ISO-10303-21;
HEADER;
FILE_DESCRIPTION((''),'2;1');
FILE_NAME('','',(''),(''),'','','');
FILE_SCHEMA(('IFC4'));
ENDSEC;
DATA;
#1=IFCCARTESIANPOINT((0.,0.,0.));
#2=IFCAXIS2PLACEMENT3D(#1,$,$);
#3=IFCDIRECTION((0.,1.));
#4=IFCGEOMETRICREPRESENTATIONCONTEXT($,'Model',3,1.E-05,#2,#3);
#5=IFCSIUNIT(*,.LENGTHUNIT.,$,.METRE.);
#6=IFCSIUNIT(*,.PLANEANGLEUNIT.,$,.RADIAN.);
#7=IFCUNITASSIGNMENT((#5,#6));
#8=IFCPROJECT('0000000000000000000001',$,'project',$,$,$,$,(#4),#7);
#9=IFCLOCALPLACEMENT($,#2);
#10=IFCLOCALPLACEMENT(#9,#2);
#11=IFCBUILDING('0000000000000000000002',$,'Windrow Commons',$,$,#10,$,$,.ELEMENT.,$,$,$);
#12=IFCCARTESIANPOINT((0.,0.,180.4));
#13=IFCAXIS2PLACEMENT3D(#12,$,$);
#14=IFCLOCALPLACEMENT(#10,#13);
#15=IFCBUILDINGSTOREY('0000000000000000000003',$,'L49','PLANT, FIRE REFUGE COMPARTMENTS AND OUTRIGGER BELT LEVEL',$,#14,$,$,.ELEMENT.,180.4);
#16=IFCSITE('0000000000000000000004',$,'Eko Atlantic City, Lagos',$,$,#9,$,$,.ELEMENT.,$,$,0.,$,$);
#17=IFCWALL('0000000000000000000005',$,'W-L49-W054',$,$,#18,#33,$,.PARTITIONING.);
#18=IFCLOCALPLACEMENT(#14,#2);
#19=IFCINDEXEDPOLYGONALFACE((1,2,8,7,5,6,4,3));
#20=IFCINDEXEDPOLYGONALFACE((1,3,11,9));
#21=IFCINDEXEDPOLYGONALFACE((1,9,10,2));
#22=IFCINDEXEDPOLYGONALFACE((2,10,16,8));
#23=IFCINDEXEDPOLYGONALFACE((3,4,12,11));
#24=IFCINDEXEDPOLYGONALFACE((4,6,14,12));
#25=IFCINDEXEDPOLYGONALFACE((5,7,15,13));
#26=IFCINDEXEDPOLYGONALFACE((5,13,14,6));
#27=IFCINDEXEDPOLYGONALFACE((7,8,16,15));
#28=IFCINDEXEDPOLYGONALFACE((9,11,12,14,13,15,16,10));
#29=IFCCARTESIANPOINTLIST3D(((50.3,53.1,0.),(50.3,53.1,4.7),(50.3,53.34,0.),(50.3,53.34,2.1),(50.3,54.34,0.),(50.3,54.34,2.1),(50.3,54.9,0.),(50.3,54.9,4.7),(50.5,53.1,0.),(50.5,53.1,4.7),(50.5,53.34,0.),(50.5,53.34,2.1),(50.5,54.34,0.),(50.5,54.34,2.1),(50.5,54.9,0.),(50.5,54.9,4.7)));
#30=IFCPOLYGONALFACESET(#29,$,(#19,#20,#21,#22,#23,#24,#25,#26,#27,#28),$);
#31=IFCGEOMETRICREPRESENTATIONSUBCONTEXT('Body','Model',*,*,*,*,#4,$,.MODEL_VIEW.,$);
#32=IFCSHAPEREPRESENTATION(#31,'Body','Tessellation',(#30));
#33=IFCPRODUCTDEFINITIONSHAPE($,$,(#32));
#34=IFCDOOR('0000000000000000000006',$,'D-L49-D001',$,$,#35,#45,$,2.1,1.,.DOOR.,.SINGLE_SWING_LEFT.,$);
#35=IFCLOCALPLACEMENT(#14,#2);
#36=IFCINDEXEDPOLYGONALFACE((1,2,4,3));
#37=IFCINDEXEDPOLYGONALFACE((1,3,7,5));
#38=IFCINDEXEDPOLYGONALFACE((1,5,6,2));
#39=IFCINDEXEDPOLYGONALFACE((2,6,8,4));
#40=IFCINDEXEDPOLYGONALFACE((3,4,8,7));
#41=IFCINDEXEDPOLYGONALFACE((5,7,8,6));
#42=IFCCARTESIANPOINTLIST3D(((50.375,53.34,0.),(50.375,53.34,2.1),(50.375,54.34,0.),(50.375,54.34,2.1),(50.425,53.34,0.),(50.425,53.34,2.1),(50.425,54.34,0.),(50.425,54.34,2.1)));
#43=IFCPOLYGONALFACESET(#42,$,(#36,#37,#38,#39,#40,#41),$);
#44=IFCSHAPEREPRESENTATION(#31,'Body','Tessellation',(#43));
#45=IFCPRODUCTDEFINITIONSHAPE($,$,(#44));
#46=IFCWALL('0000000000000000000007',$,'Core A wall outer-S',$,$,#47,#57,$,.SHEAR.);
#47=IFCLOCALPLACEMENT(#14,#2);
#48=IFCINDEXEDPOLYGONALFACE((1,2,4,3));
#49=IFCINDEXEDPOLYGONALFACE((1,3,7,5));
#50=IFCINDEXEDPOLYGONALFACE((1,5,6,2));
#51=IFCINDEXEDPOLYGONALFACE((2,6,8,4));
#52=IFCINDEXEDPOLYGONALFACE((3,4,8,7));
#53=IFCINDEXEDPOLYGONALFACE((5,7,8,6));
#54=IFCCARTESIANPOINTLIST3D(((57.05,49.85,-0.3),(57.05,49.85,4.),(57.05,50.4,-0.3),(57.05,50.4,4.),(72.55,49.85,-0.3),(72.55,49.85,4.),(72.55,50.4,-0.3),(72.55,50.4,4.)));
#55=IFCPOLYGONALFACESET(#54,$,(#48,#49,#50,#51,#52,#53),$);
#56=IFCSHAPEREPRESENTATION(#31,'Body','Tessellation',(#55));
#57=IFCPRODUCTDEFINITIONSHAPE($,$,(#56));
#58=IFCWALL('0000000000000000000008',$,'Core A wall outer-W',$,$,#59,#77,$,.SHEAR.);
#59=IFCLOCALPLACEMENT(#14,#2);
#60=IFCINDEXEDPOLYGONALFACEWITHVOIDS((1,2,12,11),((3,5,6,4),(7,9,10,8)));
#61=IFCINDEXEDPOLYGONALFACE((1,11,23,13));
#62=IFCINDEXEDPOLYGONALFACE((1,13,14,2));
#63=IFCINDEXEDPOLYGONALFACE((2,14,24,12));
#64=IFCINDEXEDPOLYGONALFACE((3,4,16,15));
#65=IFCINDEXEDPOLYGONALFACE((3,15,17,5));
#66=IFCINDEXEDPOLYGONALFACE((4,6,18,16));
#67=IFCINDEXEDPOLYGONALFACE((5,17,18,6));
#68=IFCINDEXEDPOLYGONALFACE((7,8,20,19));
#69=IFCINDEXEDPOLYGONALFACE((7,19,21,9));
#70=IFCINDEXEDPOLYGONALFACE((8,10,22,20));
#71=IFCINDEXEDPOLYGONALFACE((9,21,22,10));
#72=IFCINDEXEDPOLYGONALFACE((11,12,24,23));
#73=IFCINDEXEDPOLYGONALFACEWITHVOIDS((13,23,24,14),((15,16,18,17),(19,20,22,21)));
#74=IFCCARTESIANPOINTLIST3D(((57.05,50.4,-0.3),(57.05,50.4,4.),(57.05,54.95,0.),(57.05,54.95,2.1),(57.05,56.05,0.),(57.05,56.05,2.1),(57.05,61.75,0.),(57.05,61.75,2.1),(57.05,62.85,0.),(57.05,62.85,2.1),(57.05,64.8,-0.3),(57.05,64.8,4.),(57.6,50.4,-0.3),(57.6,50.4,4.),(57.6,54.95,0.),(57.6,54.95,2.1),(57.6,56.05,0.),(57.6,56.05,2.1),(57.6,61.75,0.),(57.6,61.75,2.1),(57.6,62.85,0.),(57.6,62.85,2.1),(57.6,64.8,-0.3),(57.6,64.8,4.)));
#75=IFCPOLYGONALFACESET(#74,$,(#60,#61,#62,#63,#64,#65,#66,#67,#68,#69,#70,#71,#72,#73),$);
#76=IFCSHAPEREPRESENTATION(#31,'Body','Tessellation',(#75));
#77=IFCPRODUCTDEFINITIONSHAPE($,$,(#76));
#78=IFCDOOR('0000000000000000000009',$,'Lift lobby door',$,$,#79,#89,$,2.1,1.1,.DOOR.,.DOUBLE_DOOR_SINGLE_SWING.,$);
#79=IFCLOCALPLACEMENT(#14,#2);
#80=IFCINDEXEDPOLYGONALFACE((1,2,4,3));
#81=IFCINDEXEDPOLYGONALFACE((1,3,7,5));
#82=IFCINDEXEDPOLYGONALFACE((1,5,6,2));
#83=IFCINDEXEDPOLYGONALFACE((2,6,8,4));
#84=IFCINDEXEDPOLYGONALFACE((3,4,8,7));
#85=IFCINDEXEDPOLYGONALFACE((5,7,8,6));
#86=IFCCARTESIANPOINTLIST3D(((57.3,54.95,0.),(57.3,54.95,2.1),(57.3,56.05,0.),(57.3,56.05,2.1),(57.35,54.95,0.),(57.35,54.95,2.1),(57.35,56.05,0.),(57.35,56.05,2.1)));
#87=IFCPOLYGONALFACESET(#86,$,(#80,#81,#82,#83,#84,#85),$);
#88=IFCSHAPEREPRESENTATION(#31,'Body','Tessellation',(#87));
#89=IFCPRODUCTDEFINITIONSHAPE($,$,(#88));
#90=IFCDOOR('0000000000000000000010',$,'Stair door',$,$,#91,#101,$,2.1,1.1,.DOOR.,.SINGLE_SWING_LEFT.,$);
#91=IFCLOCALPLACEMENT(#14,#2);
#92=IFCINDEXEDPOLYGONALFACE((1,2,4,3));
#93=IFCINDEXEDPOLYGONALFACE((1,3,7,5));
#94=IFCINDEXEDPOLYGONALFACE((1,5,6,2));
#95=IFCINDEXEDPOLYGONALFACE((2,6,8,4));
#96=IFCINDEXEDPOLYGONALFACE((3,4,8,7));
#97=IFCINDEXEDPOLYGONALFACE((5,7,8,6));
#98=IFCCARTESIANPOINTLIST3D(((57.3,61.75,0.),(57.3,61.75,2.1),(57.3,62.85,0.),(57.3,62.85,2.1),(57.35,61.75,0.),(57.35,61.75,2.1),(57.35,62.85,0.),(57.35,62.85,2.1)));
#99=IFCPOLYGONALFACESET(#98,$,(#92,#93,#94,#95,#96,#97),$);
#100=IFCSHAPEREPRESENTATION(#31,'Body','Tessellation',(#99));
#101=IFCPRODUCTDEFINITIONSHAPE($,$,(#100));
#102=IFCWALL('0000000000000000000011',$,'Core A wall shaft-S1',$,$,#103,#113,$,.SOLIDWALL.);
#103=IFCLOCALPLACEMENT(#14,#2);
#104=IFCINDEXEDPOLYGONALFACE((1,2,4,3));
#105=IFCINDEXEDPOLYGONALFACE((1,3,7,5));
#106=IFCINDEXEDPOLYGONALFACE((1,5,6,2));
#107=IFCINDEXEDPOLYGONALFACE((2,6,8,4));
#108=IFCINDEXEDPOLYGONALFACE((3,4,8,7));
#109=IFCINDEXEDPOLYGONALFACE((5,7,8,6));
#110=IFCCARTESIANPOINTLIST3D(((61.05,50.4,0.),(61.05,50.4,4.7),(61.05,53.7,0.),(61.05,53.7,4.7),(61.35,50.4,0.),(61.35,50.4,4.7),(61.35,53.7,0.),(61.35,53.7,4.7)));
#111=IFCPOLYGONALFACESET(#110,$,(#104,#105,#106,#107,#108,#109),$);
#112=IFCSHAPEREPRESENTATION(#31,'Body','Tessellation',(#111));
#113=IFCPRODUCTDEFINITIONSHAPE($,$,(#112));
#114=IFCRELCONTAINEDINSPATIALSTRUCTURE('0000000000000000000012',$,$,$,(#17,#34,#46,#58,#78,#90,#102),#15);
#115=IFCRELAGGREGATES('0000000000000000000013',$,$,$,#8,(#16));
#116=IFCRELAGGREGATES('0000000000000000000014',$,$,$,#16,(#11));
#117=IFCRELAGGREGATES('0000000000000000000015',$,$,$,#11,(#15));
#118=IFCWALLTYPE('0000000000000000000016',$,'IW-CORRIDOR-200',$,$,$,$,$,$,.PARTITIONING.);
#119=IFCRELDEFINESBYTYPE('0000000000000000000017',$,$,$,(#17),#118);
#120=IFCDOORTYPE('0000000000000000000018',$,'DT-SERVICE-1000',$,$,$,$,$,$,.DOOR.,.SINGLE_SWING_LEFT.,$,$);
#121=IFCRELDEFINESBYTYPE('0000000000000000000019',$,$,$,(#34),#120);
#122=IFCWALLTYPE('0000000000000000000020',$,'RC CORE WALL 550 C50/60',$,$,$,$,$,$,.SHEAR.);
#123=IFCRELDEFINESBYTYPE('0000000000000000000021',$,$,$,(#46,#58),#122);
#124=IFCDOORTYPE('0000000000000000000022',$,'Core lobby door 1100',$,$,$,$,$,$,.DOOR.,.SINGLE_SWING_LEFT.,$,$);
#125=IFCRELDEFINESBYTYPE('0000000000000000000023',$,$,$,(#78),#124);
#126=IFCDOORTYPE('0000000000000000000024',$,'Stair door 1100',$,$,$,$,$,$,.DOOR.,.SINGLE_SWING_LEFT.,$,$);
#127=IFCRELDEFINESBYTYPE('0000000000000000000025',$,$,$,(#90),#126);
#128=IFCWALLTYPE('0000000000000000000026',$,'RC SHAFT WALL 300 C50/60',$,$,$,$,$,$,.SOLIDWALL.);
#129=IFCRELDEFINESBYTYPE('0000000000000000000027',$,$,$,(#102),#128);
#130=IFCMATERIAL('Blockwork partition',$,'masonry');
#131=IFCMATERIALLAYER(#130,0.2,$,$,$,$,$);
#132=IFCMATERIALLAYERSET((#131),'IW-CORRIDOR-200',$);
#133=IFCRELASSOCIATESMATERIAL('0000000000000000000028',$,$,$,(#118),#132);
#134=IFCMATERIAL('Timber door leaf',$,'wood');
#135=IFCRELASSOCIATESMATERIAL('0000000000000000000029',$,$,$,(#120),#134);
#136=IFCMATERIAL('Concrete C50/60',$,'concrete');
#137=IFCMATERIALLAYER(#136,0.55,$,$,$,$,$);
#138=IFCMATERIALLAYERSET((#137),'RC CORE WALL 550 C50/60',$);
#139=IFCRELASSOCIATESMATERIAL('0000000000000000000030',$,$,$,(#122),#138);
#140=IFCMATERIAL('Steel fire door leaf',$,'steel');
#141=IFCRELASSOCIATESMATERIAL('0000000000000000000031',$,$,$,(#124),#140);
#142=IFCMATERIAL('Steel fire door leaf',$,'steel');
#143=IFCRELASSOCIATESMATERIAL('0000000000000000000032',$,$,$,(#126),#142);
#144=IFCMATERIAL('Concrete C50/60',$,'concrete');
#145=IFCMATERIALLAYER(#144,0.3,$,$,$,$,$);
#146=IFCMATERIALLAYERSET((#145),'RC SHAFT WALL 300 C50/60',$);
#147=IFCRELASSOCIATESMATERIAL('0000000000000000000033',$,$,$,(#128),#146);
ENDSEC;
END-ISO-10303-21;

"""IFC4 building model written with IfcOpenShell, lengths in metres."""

from ifc_helpers import new_model, si_unit, direction, frame, frame_2d, origin, place, context, subcontext, project, spatial, rectangle, extrude, material, layer, layer_set, type_object, element, fill, save


model = new_model("IFC4")

# Units and contexts
model_context = context("Model", 3, precision=1e-05, world=origin(), true_north=direction((0.0, 1.0)))
body_context = subcontext(model_context, "Body", "Model", "MODEL_VIEW")
ifc_project = project(units=[si_unit("LENGTHUNIT", "METRE"), si_unit("PLANEANGLEUNIT", "RADIAN")], contexts=[model_context])

# Site, building, storey
site_placement = place(None, origin())
site = spatial("IfcSite", under=ifc_project, at=site_placement, Name="Eko Atlantic City, Lagos", CompositionType="ELEMENT", RefElevation=0.0)
building_placement = place(site_placement, origin())
building = spatial("IfcBuilding", under=site, at=building_placement, Name="Windrow Commons", CompositionType="ELEMENT")
storey_placement = place(building_placement, frame((0.0, 0.0, 180.4)))
storey = spatial("IfcBuildingStorey", under=building, at=storey_placement, Name="L49", Description="PLANT, FIRE REFUGE COMPARTMENTS AND OUTRIGGER BELT LEVEL", CompositionType="ELEMENT", Elevation=180.4)

# Wall, opening, door
ifc_material_1 = material(Name="Blockwork partition", Category="masonry")
ifc_layer_1 = layer(ifc_material_1, 0.2)
ifc_layer_set_1 = layer_set([ifc_layer_1], Name="IW-CORRIDOR-200")
wall_type_1 = type_object("IfcWallType", Name="IW-CORRIDOR-200", PredefinedType="PARTITIONING", material=ifc_layer_set_1)
ifc_material_2 = material(Name="Timber door leaf", Category="wood")
door_type_1 = type_object("IfcDoorType", Name="DT-SERVICE-1000", OperationType="SINGLE_SWING_LEFT", PredefinedType="DOOR", material=ifc_material_2)
wall_1_placement = place(storey_placement, frame((50.4, 53.1, 0.0), z_axis=(0.0, 0.0, 1.0), x_axis=(0.0, 1.0, 0.0)))
wall_1 = element("IfcWall", 1, at=wall_1_placement, inside=storey, type_object=wall_type_1, Name="W-L49-W054", PredefinedType="PARTITIONING", context=body_context, shape_type="SweptSolid", body=[
    extrude(rectangle(XDim=1.8, YDim=0.2, at=frame_2d((0.9, 0.0))), origin(), (0.0, 0.0, 1.0), 4.7),
])
opening_1_placement = place(wall_1_placement, frame((0.24, 0.0, 0.0)))
opening_1 = element("IfcOpeningElement", 2, at=opening_1_placement, cuts=wall_1, PredefinedType="OPENING", context=body_context, shape_type="SweptSolid", body=[
    extrude(rectangle(XDim=1.0, YDim=2.1, at=frame_2d((0.5, 1.05))), frame((0.0, 0.11, 0.0), z_axis=(0.0, -1.0, 0.0), x_axis=(1.0, 0.0, 0.0)), (0.0, 0.0, 1.0), 0.22),
])
door_1_placement = place(opening_1_placement, origin())
door_1 = element("IfcDoor", 3, at=door_1_placement, inside=storey, type_object=door_type_1, Name="D-L49-D001", OperationType="SINGLE_SWING_LEFT", OverallHeight=2.1, OverallWidth=1.0, PredefinedType="DOOR", context=body_context, shape_type="SweptSolid", body=[
    extrude(rectangle(XDim=1.0, YDim=2.1, at=frame_2d((0.5, 1.05))), frame((0.0, 0.025, 0.0), z_axis=(0.0, -1.0, 0.0), x_axis=(1.0, 0.0, 0.0)), (0.0, 0.0, 1.0), 0.05),
])
fill(opening_1, door_1)

# Wall
ifc_material_3 = material(Name="Concrete C50/60", Category="concrete")
ifc_layer_2 = layer(ifc_material_3, 0.55)
ifc_layer_set_2 = layer_set([ifc_layer_2], Name="RC CORE WALL 550 C50/60")
wall_type_2 = type_object("IfcWallType", Name="RC CORE WALL 550 C50/60", PredefinedType="SHEAR", material=ifc_layer_set_2)
wall_2_placement = place(storey_placement, frame((57.05, 50.125, -0.3), z_axis=(0.0, 0.0, 1.0), x_axis=(1.0, 0.0, 0.0)))
element("IfcWall", 4, at=wall_2_placement, inside=storey, type_object=wall_type_2, Name="Core A wall outer-S", PredefinedType="SHEAR", context=body_context, shape_type="SweptSolid", body=[
    extrude(rectangle(XDim=15.5, YDim=0.55, at=frame_2d((7.75, 0.0))), origin(), (0.0, 0.0, 1.0), 4.3),
])

# Wall, openings, doors
wall_3_placement = place(storey_placement, frame((57.325, 50.4, -0.3), z_axis=(0.0, 0.0, 1.0), x_axis=(0.0, 1.0, 0.0)))
wall_3 = element("IfcWall", 5, at=wall_3_placement, inside=storey, type_object=wall_type_2, Name="Core A wall outer-W", PredefinedType="SHEAR", context=body_context, shape_type="SweptSolid", body=[
    extrude(rectangle(XDim=14.4, YDim=0.55, at=frame_2d((7.2, 0.0))), origin(), (0.0, 0.0, 1.0), 4.3),
])
opening_2_placement = place(wall_3_placement, frame((4.55, 0.0, 0.3)))
opening_2 = element("IfcOpeningElement", 6, at=opening_2_placement, cuts=wall_3, PredefinedType="OPENING", context=body_context, shape_type="SweptSolid", body=[
    extrude(rectangle(XDim=1.1, YDim=2.1, at=frame_2d((0.55, 1.05))), frame((0.0, 0.285, 0.0), z_axis=(0.0, -1.0, 0.0), x_axis=(1.0, 0.0, 0.0)), (0.0, 0.0, 1.0), 0.57),
])
opening_3_placement = place(wall_3_placement, frame((11.35, 0.0, 0.3)))
opening_3 = element("IfcOpeningElement", 7, at=opening_3_placement, cuts=wall_3, PredefinedType="OPENING", context=body_context, shape_type="SweptSolid", body=[
    extrude(rectangle(XDim=1.1, YDim=2.1, at=frame_2d((0.55, 1.05))), frame((0.0, 0.285, 0.0), z_axis=(0.0, -1.0, 0.0), x_axis=(1.0, 0.0, 0.0)), (0.0, 0.0, 1.0), 0.57),
])
ifc_material_4 = material(Name="Steel fire door leaf", Category="steel")
door_type_2 = type_object("IfcDoorType", Name="Core lobby door 1100", OperationType="SINGLE_SWING_LEFT", PredefinedType="DOOR", material=ifc_material_4)
door_2_placement = place(opening_2_placement, origin())
door_2 = element("IfcDoor", 8, at=door_2_placement, inside=storey, type_object=door_type_2, Name="Lift lobby door", OperationType="DOUBLE_DOOR_SINGLE_SWING", OverallHeight=2.1, OverallWidth=1.1, PredefinedType="DOOR", context=body_context, shape_type="SweptSolid", body=[
    extrude(rectangle(XDim=1.1, YDim=2.1, at=frame_2d((0.55, 1.05))), frame((0.0, 0.025, 0.0), z_axis=(0.0, -1.0, 0.0), x_axis=(1.0, 0.0, 0.0)), (0.0, 0.0, 1.0), 0.05),
])
fill(opening_2, door_2)
ifc_material_5 = material(Name="Steel fire door leaf", Category="steel")
door_type_3 = type_object("IfcDoorType", Name="Stair door 1100", OperationType="SINGLE_SWING_LEFT", PredefinedType="DOOR", material=ifc_material_5)
door_3_placement = place(opening_3_placement, origin())
door_3 = element("IfcDoor", 9, at=door_3_placement, inside=storey, type_object=door_type_3, Name="Stair door", OperationType="SINGLE_SWING_LEFT", OverallHeight=2.1, OverallWidth=1.1, PredefinedType="DOOR", context=body_context, shape_type="SweptSolid", body=[
    extrude(rectangle(XDim=1.1, YDim=2.1, at=frame_2d((0.55, 1.05))), frame((0.0, 0.025, 0.0), z_axis=(0.0, -1.0, 0.0), x_axis=(1.0, 0.0, 0.0)), (0.0, 0.0, 1.0), 0.05),
])
fill(opening_3, door_3)

# Wall
ifc_material_6 = material(Name="Concrete C50/60", Category="concrete")
ifc_layer_3 = layer(ifc_material_6, 0.3)
ifc_layer_set_3 = layer_set([ifc_layer_3], Name="RC SHAFT WALL 300 C50/60")
wall_type_3 = type_object("IfcWallType", Name="RC SHAFT WALL 300 C50/60", PredefinedType="SOLIDWALL", material=ifc_layer_set_3)
wall_4_placement = place(storey_placement, frame((61.2, 50.4, 0.0), z_axis=(0.0, 0.0, 1.0), x_axis=(0.0, 1.0, 0.0)))
element("IfcWall", 10, at=wall_4_placement, inside=storey, type_object=wall_type_3, Name="Core A wall shaft-S1", PredefinedType="SOLIDWALL", context=body_context, shape_type="SweptSolid", body=[
    extrude(rectangle(XDim=3.3, YDim=0.3, at=frame_2d((1.65, 0.0))), origin(), (0.0, 0.0, 1.0), 4.7),
])

save(model, "model.ifc")
